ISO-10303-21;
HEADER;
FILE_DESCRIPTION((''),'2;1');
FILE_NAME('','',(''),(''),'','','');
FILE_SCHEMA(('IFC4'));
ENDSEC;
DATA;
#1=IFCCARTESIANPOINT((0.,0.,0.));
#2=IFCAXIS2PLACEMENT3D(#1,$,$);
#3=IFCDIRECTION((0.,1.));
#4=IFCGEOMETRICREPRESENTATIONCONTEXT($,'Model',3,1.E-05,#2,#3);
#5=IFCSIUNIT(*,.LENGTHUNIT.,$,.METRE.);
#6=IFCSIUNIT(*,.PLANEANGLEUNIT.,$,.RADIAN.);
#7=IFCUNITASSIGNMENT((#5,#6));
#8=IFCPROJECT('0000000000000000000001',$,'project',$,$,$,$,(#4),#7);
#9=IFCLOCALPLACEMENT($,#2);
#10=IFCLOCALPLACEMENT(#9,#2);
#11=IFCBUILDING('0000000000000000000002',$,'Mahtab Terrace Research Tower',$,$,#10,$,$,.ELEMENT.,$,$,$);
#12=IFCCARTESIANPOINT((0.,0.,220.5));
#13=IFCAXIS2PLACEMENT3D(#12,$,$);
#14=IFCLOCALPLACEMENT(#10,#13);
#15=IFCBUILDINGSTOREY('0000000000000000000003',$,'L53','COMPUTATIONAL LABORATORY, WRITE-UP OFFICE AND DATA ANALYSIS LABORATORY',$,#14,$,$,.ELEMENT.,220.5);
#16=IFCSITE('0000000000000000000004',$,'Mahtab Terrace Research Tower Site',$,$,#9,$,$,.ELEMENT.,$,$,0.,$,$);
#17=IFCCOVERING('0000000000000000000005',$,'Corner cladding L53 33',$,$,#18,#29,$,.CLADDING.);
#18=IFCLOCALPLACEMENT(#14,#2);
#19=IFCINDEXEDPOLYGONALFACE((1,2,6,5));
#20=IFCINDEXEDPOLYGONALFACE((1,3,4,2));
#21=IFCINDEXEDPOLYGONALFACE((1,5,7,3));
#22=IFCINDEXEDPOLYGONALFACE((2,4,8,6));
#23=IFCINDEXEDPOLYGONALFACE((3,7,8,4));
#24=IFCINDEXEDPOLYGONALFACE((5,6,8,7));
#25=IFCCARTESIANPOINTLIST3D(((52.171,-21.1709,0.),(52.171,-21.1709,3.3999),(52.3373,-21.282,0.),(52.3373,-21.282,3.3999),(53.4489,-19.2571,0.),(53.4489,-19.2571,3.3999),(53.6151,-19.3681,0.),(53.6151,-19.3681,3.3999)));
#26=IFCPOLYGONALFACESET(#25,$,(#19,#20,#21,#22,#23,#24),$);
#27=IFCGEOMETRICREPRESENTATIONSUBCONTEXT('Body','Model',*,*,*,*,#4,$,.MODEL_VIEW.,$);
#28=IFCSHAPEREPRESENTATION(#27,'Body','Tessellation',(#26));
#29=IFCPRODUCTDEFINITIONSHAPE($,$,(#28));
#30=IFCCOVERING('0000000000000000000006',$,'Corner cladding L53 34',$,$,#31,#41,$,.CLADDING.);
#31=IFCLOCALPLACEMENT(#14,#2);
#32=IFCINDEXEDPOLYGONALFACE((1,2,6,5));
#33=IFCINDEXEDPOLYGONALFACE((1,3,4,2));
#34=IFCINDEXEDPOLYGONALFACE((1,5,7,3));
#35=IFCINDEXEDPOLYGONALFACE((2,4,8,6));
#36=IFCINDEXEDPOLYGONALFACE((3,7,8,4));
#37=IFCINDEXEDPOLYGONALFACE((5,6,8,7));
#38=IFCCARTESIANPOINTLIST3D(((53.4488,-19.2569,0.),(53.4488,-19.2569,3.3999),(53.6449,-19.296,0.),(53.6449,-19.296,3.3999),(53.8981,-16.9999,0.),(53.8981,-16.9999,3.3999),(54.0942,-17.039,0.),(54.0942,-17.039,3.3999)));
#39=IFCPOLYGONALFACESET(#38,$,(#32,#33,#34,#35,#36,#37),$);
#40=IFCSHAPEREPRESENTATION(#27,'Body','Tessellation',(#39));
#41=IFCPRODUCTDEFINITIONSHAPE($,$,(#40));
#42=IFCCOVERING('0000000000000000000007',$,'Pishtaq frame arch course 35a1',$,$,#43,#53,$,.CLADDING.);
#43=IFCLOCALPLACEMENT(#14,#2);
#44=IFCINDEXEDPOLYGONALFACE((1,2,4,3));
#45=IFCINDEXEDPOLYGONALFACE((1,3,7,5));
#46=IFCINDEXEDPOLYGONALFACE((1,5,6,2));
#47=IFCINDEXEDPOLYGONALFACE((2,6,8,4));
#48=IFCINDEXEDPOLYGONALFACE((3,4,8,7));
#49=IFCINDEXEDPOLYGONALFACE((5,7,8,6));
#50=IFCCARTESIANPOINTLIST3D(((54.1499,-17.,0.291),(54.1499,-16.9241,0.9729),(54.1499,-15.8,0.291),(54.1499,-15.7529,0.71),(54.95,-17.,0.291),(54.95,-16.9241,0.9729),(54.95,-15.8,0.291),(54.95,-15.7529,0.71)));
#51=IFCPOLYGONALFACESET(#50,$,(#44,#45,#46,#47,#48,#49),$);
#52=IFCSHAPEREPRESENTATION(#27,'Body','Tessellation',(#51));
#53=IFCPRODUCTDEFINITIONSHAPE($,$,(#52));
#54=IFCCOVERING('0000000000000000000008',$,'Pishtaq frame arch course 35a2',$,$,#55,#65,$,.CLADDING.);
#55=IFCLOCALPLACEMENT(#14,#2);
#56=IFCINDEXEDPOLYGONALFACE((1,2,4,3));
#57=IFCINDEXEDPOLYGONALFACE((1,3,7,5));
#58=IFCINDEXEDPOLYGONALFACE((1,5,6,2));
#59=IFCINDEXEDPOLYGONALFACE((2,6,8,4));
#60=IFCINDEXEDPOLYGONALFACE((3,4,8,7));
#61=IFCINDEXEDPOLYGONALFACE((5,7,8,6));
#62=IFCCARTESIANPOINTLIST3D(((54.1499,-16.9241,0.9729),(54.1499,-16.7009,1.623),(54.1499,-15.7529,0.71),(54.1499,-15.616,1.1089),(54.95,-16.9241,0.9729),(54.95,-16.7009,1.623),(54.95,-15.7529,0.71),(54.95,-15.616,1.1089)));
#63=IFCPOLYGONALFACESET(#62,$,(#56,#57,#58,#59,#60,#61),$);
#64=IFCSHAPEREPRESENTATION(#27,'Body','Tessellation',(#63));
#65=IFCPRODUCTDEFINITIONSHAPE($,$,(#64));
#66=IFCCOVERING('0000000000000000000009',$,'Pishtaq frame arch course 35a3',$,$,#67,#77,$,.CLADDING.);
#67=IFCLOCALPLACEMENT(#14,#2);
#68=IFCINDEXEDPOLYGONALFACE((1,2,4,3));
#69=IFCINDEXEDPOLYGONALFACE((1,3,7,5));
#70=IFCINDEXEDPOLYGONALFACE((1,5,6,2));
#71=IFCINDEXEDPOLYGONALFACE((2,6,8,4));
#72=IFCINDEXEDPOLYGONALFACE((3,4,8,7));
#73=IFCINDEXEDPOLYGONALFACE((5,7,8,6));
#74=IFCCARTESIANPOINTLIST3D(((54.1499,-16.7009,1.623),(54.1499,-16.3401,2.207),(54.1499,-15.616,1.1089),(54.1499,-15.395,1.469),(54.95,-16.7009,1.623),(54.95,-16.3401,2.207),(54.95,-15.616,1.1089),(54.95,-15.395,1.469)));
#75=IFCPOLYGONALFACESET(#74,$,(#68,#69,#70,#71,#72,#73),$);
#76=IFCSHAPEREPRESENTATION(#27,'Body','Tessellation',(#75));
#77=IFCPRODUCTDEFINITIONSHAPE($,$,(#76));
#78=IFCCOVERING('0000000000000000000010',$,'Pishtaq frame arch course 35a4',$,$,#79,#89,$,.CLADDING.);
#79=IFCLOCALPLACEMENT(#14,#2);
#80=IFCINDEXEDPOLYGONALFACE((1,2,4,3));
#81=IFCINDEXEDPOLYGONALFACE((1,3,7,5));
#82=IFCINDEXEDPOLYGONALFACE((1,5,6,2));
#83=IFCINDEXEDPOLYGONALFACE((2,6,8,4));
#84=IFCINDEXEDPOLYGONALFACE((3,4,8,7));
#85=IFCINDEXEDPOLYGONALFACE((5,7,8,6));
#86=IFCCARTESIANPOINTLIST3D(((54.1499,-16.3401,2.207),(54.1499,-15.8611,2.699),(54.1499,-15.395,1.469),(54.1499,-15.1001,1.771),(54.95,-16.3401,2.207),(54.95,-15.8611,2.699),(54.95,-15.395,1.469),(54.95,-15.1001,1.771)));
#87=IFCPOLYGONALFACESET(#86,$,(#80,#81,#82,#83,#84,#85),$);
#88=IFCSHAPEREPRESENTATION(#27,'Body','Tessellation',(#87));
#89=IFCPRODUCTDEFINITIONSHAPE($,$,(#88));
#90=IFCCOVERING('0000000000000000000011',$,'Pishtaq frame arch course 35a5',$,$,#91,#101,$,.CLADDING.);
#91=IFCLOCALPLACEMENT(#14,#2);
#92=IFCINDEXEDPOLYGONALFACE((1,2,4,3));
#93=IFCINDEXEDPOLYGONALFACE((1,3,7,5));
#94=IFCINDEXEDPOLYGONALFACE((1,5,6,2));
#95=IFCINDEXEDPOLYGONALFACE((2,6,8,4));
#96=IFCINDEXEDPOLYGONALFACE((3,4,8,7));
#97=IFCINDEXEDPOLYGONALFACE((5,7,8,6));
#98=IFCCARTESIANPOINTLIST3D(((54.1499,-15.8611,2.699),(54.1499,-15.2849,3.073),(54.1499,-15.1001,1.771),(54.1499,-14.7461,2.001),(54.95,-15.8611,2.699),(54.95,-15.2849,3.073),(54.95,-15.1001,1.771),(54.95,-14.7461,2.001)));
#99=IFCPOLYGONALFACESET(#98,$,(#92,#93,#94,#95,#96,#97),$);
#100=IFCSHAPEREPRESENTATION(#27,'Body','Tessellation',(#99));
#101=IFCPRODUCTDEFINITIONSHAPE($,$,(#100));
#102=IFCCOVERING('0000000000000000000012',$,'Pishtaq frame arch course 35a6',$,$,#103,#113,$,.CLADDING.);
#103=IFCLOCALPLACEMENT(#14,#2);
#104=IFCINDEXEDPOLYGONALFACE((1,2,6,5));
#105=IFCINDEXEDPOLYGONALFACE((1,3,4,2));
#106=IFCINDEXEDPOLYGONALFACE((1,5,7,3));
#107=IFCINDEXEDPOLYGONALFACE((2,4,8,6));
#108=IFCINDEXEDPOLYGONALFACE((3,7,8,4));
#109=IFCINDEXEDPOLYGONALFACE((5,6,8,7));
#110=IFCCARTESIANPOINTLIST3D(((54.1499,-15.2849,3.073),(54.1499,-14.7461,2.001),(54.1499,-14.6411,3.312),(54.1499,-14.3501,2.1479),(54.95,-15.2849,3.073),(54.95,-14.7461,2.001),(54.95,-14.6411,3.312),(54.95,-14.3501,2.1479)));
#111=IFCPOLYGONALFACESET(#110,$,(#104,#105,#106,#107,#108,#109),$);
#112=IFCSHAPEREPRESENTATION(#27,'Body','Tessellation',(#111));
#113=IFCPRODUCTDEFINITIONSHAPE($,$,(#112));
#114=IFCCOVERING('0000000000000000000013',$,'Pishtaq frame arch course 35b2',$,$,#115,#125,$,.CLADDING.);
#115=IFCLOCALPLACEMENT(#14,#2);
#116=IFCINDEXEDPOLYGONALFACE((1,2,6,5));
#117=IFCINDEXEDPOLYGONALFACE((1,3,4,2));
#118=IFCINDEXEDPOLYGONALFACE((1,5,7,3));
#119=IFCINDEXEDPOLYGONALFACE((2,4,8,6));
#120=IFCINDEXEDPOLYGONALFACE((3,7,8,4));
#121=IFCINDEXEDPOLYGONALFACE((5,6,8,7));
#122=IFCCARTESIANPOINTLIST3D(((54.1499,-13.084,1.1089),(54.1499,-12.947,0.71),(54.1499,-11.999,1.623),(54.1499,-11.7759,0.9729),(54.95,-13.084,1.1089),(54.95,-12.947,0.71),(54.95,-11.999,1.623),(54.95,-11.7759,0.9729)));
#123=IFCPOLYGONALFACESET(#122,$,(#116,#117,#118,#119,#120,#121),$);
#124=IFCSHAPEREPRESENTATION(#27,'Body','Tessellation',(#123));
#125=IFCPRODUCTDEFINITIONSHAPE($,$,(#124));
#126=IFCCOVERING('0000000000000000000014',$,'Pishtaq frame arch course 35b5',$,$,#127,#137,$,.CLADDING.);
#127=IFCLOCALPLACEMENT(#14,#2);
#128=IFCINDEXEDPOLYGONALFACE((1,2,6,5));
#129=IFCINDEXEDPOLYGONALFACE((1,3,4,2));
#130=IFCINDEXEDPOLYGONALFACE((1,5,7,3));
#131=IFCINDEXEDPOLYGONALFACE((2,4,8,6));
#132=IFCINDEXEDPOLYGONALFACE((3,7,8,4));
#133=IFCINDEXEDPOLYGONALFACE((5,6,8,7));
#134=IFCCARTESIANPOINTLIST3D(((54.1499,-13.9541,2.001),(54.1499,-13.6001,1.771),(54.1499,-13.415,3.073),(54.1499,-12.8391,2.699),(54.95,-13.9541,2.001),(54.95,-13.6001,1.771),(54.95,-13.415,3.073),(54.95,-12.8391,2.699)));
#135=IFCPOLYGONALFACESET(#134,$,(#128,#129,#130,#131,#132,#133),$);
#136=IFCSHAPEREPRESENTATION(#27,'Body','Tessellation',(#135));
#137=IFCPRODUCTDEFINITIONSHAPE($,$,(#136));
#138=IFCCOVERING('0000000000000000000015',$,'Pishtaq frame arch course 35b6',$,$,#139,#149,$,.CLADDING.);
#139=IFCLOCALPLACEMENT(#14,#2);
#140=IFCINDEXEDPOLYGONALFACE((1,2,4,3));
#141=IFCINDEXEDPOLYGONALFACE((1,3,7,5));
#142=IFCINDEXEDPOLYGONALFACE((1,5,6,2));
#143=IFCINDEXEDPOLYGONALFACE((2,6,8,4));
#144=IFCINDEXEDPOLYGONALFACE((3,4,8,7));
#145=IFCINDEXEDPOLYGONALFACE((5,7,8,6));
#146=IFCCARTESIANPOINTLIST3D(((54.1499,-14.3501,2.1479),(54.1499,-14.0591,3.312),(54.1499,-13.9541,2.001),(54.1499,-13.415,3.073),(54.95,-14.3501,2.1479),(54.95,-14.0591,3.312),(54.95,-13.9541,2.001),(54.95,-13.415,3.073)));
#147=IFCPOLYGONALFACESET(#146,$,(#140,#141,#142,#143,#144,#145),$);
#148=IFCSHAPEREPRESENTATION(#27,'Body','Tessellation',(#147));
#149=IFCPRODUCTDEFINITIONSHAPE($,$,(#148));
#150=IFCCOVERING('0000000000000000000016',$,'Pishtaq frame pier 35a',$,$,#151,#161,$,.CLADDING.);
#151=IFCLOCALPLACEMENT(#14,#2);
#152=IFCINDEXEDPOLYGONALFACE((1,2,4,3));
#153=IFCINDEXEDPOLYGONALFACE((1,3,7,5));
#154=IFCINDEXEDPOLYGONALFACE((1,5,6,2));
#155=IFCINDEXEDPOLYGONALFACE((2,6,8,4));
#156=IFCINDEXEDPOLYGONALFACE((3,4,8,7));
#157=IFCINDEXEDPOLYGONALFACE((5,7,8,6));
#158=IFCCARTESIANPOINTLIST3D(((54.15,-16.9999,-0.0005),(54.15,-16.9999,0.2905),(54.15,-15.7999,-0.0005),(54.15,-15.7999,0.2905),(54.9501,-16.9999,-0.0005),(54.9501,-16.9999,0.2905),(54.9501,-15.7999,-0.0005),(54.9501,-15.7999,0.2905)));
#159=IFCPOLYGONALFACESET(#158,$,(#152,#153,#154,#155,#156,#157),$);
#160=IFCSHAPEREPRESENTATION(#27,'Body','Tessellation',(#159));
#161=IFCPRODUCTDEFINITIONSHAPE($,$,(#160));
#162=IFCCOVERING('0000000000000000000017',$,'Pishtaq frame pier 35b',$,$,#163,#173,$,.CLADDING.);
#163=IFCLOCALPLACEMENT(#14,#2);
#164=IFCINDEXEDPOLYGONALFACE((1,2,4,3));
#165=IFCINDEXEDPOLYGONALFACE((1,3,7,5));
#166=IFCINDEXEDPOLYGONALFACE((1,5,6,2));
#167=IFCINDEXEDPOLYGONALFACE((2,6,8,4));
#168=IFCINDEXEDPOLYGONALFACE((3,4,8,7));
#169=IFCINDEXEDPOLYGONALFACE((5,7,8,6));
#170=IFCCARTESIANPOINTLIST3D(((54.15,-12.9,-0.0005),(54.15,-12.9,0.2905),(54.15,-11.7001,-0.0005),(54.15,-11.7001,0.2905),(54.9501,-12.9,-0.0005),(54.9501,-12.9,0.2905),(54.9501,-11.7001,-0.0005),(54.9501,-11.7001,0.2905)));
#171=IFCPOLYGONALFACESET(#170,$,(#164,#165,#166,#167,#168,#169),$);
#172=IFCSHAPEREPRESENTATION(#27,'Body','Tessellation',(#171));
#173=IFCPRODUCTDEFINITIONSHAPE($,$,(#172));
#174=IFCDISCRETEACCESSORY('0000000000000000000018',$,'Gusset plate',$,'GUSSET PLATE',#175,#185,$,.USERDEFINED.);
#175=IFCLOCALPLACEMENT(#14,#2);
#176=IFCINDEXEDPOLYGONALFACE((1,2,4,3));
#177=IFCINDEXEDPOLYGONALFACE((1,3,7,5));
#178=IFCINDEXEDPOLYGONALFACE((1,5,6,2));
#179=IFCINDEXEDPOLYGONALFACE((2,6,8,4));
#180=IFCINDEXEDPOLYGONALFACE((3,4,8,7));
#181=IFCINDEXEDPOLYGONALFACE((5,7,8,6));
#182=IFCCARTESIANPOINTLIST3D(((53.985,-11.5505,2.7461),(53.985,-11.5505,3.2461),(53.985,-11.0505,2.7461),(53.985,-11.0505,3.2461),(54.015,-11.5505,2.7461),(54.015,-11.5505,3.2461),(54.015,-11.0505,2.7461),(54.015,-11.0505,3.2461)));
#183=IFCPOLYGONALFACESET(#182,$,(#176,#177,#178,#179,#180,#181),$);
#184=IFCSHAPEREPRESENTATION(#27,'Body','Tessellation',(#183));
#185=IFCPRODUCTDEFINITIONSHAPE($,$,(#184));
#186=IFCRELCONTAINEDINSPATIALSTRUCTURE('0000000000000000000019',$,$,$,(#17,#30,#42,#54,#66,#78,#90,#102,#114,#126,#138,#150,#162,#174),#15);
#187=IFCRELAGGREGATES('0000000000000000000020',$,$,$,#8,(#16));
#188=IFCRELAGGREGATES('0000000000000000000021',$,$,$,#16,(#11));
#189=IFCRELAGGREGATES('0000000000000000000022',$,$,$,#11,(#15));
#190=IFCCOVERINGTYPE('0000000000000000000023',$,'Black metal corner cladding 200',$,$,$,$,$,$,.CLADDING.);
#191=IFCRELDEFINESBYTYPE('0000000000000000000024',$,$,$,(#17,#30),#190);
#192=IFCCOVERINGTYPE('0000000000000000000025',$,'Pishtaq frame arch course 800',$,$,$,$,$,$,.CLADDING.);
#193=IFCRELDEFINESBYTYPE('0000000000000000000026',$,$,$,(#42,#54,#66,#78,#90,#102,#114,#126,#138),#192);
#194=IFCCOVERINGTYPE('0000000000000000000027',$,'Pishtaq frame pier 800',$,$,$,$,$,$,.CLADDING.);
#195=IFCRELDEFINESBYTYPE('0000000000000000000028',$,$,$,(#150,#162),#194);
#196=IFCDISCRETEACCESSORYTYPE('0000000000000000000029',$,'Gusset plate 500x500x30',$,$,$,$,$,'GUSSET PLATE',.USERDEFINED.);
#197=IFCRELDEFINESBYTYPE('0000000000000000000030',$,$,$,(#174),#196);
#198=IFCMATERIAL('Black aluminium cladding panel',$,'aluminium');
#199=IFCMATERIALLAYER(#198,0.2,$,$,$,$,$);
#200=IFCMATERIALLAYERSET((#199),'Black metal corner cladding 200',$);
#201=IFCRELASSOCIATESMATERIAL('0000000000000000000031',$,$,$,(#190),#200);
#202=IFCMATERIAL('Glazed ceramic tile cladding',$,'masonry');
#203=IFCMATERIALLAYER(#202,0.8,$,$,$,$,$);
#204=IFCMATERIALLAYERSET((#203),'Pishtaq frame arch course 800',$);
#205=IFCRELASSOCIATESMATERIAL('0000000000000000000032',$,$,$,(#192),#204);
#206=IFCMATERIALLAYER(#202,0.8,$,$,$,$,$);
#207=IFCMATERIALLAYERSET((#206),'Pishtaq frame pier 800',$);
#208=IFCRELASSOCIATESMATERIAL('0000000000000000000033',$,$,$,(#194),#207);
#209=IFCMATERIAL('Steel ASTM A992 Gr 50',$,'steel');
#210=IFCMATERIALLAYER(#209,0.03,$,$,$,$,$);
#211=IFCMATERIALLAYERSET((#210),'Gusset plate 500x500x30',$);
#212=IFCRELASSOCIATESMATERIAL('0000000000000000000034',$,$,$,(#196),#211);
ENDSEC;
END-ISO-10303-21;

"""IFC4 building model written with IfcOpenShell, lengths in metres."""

from ifc_helpers import new_model, si_unit, direction, frame, origin, origin_2d, place, context, subcontext, project, spatial, polyline, rectangle, outline, extrude, material, layer, layer_set, type_object, element, save


model = new_model("IFC4")

# Units and contexts
model_context = context("Model", 3, precision=1e-05, world=origin(), true_north=direction((0.0, 1.0)))
body_context = subcontext(model_context, "Body", "Model", "MODEL_VIEW")
ifc_project = project(units=[si_unit("LENGTHUNIT", "METRE"), si_unit("PLANEANGLEUNIT", "RADIAN")], contexts=[model_context])

# Site, building, storey
site_placement = place(None, origin())
site = spatial("IfcSite", under=ifc_project, at=site_placement, Name="Mahtab Terrace Research Tower Site", CompositionType="ELEMENT", RefElevation=0.0)
building_placement = place(site_placement, origin())
building = spatial("IfcBuilding", under=site, at=building_placement, Name="Mahtab Terrace Research Tower", CompositionType="ELEMENT")
storey_placement = place(building_placement, frame((0.0, 0.0, 220.5)))
storey = spatial("IfcBuildingStorey", under=building, at=storey_placement, Name="L53", Description="COMPUTATIONAL LABORATORY, WRITE-UP OFFICE AND DATA ANALYSIS LABORATORY", CompositionType="ELEMENT", Elevation=220.5)

# Shared definitions
ifc_material_1 = material(Name="Steel ASTM A992 Gr 50", Category="steel")

# Shared definitions
ifc_material_2 = material(Name="Black aluminium cladding panel", Category="aluminium")

# Coverings
ifc_layer_1 = layer(ifc_material_2, 0.2)
ifc_layer_set_1 = layer_set([ifc_layer_1], Name="Black metal corner cladding 200")
covering_type_1 = type_object("IfcCoveringType", Name="Black metal corner cladding 200", PredefinedType="CLADDING", material=ifc_layer_set_1)
for number, where, z_axis, x_axis, name in (
    (1, (52.8931, -20.2695, 0.0), (0.0, 0.0, 1.0), (0.555291, 0.831656, 0.0), "Corner cladding L53 33"),
    (2, (53.7715, -18.1479, 0.0), (0.0, 0.0, 1.0), (0.195212, 0.980761, 0.0), "Corner cladding L53 34"),
):
    element("IfcCovering", number, at=place(storey_placement, frame(where, z_axis=z_axis, x_axis=x_axis)), inside=storey, type_object=covering_type_1, Name=name, PredefinedType="CLADDING", context=body_context, shape_type="SweptSolid", body=[
        extrude(rectangle(XDim=2.3013, YDim=0.2, at=origin_2d()), origin(), (0.0, 0.0, 1.0), 3.3999),
    ])
ifc_material_3 = material(Name="Glazed ceramic tile cladding", Category="masonry")
ifc_layer_2 = layer(ifc_material_3, 0.8)
ifc_layer_set_2 = layer_set([ifc_layer_2], Name="Pishtaq frame arch course 800")
covering_type_2 = type_object("IfcCoveringType", Name="Pishtaq frame arch course 800", PredefinedType="CLADDING", material=ifc_layer_set_2)
covering_1_placement = place(storey_placement, frame((54.1499, -17.0, 0.291), z_axis=(-1.0, 0.0, 0.0), x_axis=(0.0, 0.110666, 0.993858)))
element("IfcCovering", 3, at=covering_1_placement, inside=storey, type_object=covering_type_2, Name="Pishtaq frame arch course 35a1", PredefinedType="CLADDING", context=body_context, shape_type="SweptSolid", body=[
    extrude(outline(polyline([(0.0, 0.0), (0.6861, 0.0), (0.5544, 1.193), (0.1328, 1.1926), (0.0, 0.0)])), origin(), (0.0, 0.0, -1.0), 0.8),
])
covering_2_placement = place(storey_placement, frame((54.1499, -16.9241, 0.9729), z_axis=(-1.0, 0.0, 0.0), x_axis=(0.0, 0.324633, 0.94584)))
element("IfcCovering", 4, at=covering_2_placement, inside=storey, type_object=covering_type_2, Name="Pishtaq frame arch course 35a2", PredefinedType="CLADDING", context=body_context, shape_type="SweptSolid", body=[
    extrude(outline(polyline([(0.0, 0.0), (0.6874, 0.0), (0.5533, 1.1931), (0.1315, 1.1931), (0.0, 0.0)])), origin(), (0.0, 0.0, -1.0), 0.8),
])
covering_3_placement = place(storey_placement, frame((54.1499, -16.7009, 1.623), z_axis=(-1.0, 0.0, 0.0), x_axis=(0.0, 0.525644, 0.850704)))
element("IfcCovering", 5, at=covering_3_placement, inside=storey, type_object=covering_type_2, Name="Pishtaq frame arch course 35a3", PredefinedType="CLADDING", context=body_context, shape_type="SweptSolid", body=[
    extrude(outline(polyline([(0.0, 0.0), (0.6865, 0.0), (0.5554, 1.1919), (0.1329, 1.1932), (0.0, 0.0)])), origin(), (0.0, 0.0, -1.0), 0.8),
])
covering_4_placement = place(storey_placement, frame((54.1499, -16.3401, 2.207), z_axis=(-1.0, 0.0, 0.0), x_axis=(0.0, 0.697621, 0.716467)))
element("IfcCovering", 6, at=covering_4_placement, inside=storey, type_object=covering_type_2, Name="Pishtaq frame arch course 35a4", PredefinedType="CLADDING", context=body_context, shape_type="SweptSolid", body=[
    extrude(outline(polyline([(0.0, 0.0), (0.6866, 0.0), (0.5526, 1.1926), (0.1305, 1.192), (0.0, 0.0)])), origin(), (0.0, 0.0, -1.0), 0.8),
])
covering_5_placement = place(storey_placement, frame((54.1499, -15.8611, 2.699), z_axis=(-1.0, 0.0, 0.0), x_axis=(0.0, 0.838768, 0.544489)))
element("IfcCovering", 7, at=covering_5_placement, inside=storey, type_object=covering_type_2, Name="Pishtaq frame arch course 35a5", PredefinedType="CLADDING", context=body_context, shape_type="SweptSolid", body=[
    extrude(outline(polyline([(0.0, 0.0), (0.6869, 0.0), (0.5552, 1.1926), (0.133, 1.1927), (0.0, 0.0)])), origin(), (0.0, 0.0, -1.0), 0.8),
])
covering_6_placement = place(storey_placement, frame((54.1499, -15.2849, 3.073), z_axis=(-1.0, 0.0, 0.0), x_axis=(0.0, 0.937478, 0.348044)))
element("IfcCovering", 8, at=covering_6_placement, inside=storey, type_object=covering_type_2, Name="Pishtaq frame arch course 35a6", PredefinedType="CLADDING", context=body_context, shape_type="SweptSolid", body=[
    extrude(outline(polyline([(0.0, 0.0), (0.6867, 0.0), (0.5544, 1.1926), (0.132, 1.1925), (0.0, 0.0)])), origin(), (0.0, 0.0, -1.0), 0.8),
])
covering_7_placement = place(storey_placement, frame((54.1499, -12.947, 0.71), z_axis=(-1.0, 0.0, 0.0), x_axis=(0.0, -0.324724, 0.945809)))
element("IfcCovering", 9, at=covering_7_placement, inside=storey, type_object=covering_type_2, Name="Pishtaq frame arch course 35b2", PredefinedType="CLADDING", context=body_context, shape_type="SweptSolid", body=[
    extrude(outline(polyline([(0.0, 0.0), (0.4218, 0.0), (0.5558, 1.1931), (-0.1316, 1.1931), (0.0, 0.0)])), origin(), (0.0, 0.0, -1.0), 0.8),
])
covering_8_placement = place(storey_placement, frame((54.1499, -13.6001, 1.771), z_axis=(-1.0, 0.0, 0.0), x_axis=(0.0, -0.838576, 0.544785)))
element("IfcCovering", 10, at=covering_8_placement, inside=storey, type_object=covering_type_2, Name="Pishtaq frame arch course 35b5", PredefinedType="CLADDING", context=body_context, shape_type="SweptSolid", body=[
    extrude(outline(polyline([(0.0, 0.0), (0.4221, 0.0), (0.5541, 1.1926), (-0.1326, 1.1928), (0.0, 0.0)])), origin(), (0.0, 0.0, -1.0), 0.8),
])
covering_9_placement = place(storey_placement, frame((54.1499, -13.9541, 2.001), z_axis=(-1.0, 0.0, 0.0), x_axis=(0.0, -0.937511, 0.347954)))
element("IfcCovering", 11, at=covering_9_placement, inside=storey, type_object=covering_type_2, Name="Pishtaq frame arch course 35b6", PredefinedType="CLADDING", context=body_context, shape_type="SweptSolid", body=[
    extrude(outline(polyline([(0.0, 0.0), (0.4224, 0.0), (0.5546, 1.1926), (-0.1324, 1.1926), (0.0, 0.0)])), origin(), (0.0, 0.0, -1.0), 0.8),
])
ifc_layer_3 = layer(ifc_material_3, 0.8)
ifc_layer_set_3 = layer_set([ifc_layer_3], Name="Pishtaq frame pier 800")
covering_type_3 = type_object("IfcCoveringType", Name="Pishtaq frame pier 800", PredefinedType="CLADDING", material=ifc_layer_set_3)
for number, where, z_axis, x_axis, name in (
    (12, (54.55, -16.3999, -0.0005), (0.0, 0.0, 1.0), (0.0, 1.0, 0.0), "Pishtaq frame pier 35a"),
    (13, (54.55, -12.3, -0.0005), (0.0, 0.0, 1.0), (0.0, 1.0, 0.0), "Pishtaq frame pier 35b"),
):
    element("IfcCovering", number, at=place(storey_placement, frame(where, z_axis=z_axis, x_axis=x_axis)), inside=storey, type_object=covering_type_3, Name=name, PredefinedType="CLADDING", context=body_context, shape_type="SweptSolid", body=[
        extrude(rectangle(XDim=1.2, YDim=0.8, at=origin_2d()), origin(), (0.0, 0.0, 1.0), 0.291),
    ])

# Discrete accessory
ifc_layer_4 = layer(ifc_material_1, 0.03)
ifc_layer_set_4 = layer_set([ifc_layer_4], Name="Gusset plate 500x500x30")
discrete_accessory_type = type_object("IfcDiscreteAccessoryType", Name="Gusset plate 500x500x30", ElementType="GUSSET PLATE", PredefinedType="USERDEFINED", material=ifc_layer_set_4)
discrete_accessory_placement = place(storey_placement, frame((54.0, -11.3005, 2.7461), z_axis=(0.0, 0.0, 1.0), x_axis=(0.0, 1.0, 0.0)))
element("IfcDiscreteAccessory", 14, at=discrete_accessory_placement, inside=storey, type_object=discrete_accessory_type, Name="Gusset plate", ObjectType="GUSSET PLATE", PredefinedType="USERDEFINED", context=body_context, shape_type="SweptSolid", body=[
    extrude(rectangle(XDim=0.5, YDim=0.03, at=origin_2d()), origin(), (0.0, 0.0, 1.0), 0.5),
])

save(model, "model.ifc")
